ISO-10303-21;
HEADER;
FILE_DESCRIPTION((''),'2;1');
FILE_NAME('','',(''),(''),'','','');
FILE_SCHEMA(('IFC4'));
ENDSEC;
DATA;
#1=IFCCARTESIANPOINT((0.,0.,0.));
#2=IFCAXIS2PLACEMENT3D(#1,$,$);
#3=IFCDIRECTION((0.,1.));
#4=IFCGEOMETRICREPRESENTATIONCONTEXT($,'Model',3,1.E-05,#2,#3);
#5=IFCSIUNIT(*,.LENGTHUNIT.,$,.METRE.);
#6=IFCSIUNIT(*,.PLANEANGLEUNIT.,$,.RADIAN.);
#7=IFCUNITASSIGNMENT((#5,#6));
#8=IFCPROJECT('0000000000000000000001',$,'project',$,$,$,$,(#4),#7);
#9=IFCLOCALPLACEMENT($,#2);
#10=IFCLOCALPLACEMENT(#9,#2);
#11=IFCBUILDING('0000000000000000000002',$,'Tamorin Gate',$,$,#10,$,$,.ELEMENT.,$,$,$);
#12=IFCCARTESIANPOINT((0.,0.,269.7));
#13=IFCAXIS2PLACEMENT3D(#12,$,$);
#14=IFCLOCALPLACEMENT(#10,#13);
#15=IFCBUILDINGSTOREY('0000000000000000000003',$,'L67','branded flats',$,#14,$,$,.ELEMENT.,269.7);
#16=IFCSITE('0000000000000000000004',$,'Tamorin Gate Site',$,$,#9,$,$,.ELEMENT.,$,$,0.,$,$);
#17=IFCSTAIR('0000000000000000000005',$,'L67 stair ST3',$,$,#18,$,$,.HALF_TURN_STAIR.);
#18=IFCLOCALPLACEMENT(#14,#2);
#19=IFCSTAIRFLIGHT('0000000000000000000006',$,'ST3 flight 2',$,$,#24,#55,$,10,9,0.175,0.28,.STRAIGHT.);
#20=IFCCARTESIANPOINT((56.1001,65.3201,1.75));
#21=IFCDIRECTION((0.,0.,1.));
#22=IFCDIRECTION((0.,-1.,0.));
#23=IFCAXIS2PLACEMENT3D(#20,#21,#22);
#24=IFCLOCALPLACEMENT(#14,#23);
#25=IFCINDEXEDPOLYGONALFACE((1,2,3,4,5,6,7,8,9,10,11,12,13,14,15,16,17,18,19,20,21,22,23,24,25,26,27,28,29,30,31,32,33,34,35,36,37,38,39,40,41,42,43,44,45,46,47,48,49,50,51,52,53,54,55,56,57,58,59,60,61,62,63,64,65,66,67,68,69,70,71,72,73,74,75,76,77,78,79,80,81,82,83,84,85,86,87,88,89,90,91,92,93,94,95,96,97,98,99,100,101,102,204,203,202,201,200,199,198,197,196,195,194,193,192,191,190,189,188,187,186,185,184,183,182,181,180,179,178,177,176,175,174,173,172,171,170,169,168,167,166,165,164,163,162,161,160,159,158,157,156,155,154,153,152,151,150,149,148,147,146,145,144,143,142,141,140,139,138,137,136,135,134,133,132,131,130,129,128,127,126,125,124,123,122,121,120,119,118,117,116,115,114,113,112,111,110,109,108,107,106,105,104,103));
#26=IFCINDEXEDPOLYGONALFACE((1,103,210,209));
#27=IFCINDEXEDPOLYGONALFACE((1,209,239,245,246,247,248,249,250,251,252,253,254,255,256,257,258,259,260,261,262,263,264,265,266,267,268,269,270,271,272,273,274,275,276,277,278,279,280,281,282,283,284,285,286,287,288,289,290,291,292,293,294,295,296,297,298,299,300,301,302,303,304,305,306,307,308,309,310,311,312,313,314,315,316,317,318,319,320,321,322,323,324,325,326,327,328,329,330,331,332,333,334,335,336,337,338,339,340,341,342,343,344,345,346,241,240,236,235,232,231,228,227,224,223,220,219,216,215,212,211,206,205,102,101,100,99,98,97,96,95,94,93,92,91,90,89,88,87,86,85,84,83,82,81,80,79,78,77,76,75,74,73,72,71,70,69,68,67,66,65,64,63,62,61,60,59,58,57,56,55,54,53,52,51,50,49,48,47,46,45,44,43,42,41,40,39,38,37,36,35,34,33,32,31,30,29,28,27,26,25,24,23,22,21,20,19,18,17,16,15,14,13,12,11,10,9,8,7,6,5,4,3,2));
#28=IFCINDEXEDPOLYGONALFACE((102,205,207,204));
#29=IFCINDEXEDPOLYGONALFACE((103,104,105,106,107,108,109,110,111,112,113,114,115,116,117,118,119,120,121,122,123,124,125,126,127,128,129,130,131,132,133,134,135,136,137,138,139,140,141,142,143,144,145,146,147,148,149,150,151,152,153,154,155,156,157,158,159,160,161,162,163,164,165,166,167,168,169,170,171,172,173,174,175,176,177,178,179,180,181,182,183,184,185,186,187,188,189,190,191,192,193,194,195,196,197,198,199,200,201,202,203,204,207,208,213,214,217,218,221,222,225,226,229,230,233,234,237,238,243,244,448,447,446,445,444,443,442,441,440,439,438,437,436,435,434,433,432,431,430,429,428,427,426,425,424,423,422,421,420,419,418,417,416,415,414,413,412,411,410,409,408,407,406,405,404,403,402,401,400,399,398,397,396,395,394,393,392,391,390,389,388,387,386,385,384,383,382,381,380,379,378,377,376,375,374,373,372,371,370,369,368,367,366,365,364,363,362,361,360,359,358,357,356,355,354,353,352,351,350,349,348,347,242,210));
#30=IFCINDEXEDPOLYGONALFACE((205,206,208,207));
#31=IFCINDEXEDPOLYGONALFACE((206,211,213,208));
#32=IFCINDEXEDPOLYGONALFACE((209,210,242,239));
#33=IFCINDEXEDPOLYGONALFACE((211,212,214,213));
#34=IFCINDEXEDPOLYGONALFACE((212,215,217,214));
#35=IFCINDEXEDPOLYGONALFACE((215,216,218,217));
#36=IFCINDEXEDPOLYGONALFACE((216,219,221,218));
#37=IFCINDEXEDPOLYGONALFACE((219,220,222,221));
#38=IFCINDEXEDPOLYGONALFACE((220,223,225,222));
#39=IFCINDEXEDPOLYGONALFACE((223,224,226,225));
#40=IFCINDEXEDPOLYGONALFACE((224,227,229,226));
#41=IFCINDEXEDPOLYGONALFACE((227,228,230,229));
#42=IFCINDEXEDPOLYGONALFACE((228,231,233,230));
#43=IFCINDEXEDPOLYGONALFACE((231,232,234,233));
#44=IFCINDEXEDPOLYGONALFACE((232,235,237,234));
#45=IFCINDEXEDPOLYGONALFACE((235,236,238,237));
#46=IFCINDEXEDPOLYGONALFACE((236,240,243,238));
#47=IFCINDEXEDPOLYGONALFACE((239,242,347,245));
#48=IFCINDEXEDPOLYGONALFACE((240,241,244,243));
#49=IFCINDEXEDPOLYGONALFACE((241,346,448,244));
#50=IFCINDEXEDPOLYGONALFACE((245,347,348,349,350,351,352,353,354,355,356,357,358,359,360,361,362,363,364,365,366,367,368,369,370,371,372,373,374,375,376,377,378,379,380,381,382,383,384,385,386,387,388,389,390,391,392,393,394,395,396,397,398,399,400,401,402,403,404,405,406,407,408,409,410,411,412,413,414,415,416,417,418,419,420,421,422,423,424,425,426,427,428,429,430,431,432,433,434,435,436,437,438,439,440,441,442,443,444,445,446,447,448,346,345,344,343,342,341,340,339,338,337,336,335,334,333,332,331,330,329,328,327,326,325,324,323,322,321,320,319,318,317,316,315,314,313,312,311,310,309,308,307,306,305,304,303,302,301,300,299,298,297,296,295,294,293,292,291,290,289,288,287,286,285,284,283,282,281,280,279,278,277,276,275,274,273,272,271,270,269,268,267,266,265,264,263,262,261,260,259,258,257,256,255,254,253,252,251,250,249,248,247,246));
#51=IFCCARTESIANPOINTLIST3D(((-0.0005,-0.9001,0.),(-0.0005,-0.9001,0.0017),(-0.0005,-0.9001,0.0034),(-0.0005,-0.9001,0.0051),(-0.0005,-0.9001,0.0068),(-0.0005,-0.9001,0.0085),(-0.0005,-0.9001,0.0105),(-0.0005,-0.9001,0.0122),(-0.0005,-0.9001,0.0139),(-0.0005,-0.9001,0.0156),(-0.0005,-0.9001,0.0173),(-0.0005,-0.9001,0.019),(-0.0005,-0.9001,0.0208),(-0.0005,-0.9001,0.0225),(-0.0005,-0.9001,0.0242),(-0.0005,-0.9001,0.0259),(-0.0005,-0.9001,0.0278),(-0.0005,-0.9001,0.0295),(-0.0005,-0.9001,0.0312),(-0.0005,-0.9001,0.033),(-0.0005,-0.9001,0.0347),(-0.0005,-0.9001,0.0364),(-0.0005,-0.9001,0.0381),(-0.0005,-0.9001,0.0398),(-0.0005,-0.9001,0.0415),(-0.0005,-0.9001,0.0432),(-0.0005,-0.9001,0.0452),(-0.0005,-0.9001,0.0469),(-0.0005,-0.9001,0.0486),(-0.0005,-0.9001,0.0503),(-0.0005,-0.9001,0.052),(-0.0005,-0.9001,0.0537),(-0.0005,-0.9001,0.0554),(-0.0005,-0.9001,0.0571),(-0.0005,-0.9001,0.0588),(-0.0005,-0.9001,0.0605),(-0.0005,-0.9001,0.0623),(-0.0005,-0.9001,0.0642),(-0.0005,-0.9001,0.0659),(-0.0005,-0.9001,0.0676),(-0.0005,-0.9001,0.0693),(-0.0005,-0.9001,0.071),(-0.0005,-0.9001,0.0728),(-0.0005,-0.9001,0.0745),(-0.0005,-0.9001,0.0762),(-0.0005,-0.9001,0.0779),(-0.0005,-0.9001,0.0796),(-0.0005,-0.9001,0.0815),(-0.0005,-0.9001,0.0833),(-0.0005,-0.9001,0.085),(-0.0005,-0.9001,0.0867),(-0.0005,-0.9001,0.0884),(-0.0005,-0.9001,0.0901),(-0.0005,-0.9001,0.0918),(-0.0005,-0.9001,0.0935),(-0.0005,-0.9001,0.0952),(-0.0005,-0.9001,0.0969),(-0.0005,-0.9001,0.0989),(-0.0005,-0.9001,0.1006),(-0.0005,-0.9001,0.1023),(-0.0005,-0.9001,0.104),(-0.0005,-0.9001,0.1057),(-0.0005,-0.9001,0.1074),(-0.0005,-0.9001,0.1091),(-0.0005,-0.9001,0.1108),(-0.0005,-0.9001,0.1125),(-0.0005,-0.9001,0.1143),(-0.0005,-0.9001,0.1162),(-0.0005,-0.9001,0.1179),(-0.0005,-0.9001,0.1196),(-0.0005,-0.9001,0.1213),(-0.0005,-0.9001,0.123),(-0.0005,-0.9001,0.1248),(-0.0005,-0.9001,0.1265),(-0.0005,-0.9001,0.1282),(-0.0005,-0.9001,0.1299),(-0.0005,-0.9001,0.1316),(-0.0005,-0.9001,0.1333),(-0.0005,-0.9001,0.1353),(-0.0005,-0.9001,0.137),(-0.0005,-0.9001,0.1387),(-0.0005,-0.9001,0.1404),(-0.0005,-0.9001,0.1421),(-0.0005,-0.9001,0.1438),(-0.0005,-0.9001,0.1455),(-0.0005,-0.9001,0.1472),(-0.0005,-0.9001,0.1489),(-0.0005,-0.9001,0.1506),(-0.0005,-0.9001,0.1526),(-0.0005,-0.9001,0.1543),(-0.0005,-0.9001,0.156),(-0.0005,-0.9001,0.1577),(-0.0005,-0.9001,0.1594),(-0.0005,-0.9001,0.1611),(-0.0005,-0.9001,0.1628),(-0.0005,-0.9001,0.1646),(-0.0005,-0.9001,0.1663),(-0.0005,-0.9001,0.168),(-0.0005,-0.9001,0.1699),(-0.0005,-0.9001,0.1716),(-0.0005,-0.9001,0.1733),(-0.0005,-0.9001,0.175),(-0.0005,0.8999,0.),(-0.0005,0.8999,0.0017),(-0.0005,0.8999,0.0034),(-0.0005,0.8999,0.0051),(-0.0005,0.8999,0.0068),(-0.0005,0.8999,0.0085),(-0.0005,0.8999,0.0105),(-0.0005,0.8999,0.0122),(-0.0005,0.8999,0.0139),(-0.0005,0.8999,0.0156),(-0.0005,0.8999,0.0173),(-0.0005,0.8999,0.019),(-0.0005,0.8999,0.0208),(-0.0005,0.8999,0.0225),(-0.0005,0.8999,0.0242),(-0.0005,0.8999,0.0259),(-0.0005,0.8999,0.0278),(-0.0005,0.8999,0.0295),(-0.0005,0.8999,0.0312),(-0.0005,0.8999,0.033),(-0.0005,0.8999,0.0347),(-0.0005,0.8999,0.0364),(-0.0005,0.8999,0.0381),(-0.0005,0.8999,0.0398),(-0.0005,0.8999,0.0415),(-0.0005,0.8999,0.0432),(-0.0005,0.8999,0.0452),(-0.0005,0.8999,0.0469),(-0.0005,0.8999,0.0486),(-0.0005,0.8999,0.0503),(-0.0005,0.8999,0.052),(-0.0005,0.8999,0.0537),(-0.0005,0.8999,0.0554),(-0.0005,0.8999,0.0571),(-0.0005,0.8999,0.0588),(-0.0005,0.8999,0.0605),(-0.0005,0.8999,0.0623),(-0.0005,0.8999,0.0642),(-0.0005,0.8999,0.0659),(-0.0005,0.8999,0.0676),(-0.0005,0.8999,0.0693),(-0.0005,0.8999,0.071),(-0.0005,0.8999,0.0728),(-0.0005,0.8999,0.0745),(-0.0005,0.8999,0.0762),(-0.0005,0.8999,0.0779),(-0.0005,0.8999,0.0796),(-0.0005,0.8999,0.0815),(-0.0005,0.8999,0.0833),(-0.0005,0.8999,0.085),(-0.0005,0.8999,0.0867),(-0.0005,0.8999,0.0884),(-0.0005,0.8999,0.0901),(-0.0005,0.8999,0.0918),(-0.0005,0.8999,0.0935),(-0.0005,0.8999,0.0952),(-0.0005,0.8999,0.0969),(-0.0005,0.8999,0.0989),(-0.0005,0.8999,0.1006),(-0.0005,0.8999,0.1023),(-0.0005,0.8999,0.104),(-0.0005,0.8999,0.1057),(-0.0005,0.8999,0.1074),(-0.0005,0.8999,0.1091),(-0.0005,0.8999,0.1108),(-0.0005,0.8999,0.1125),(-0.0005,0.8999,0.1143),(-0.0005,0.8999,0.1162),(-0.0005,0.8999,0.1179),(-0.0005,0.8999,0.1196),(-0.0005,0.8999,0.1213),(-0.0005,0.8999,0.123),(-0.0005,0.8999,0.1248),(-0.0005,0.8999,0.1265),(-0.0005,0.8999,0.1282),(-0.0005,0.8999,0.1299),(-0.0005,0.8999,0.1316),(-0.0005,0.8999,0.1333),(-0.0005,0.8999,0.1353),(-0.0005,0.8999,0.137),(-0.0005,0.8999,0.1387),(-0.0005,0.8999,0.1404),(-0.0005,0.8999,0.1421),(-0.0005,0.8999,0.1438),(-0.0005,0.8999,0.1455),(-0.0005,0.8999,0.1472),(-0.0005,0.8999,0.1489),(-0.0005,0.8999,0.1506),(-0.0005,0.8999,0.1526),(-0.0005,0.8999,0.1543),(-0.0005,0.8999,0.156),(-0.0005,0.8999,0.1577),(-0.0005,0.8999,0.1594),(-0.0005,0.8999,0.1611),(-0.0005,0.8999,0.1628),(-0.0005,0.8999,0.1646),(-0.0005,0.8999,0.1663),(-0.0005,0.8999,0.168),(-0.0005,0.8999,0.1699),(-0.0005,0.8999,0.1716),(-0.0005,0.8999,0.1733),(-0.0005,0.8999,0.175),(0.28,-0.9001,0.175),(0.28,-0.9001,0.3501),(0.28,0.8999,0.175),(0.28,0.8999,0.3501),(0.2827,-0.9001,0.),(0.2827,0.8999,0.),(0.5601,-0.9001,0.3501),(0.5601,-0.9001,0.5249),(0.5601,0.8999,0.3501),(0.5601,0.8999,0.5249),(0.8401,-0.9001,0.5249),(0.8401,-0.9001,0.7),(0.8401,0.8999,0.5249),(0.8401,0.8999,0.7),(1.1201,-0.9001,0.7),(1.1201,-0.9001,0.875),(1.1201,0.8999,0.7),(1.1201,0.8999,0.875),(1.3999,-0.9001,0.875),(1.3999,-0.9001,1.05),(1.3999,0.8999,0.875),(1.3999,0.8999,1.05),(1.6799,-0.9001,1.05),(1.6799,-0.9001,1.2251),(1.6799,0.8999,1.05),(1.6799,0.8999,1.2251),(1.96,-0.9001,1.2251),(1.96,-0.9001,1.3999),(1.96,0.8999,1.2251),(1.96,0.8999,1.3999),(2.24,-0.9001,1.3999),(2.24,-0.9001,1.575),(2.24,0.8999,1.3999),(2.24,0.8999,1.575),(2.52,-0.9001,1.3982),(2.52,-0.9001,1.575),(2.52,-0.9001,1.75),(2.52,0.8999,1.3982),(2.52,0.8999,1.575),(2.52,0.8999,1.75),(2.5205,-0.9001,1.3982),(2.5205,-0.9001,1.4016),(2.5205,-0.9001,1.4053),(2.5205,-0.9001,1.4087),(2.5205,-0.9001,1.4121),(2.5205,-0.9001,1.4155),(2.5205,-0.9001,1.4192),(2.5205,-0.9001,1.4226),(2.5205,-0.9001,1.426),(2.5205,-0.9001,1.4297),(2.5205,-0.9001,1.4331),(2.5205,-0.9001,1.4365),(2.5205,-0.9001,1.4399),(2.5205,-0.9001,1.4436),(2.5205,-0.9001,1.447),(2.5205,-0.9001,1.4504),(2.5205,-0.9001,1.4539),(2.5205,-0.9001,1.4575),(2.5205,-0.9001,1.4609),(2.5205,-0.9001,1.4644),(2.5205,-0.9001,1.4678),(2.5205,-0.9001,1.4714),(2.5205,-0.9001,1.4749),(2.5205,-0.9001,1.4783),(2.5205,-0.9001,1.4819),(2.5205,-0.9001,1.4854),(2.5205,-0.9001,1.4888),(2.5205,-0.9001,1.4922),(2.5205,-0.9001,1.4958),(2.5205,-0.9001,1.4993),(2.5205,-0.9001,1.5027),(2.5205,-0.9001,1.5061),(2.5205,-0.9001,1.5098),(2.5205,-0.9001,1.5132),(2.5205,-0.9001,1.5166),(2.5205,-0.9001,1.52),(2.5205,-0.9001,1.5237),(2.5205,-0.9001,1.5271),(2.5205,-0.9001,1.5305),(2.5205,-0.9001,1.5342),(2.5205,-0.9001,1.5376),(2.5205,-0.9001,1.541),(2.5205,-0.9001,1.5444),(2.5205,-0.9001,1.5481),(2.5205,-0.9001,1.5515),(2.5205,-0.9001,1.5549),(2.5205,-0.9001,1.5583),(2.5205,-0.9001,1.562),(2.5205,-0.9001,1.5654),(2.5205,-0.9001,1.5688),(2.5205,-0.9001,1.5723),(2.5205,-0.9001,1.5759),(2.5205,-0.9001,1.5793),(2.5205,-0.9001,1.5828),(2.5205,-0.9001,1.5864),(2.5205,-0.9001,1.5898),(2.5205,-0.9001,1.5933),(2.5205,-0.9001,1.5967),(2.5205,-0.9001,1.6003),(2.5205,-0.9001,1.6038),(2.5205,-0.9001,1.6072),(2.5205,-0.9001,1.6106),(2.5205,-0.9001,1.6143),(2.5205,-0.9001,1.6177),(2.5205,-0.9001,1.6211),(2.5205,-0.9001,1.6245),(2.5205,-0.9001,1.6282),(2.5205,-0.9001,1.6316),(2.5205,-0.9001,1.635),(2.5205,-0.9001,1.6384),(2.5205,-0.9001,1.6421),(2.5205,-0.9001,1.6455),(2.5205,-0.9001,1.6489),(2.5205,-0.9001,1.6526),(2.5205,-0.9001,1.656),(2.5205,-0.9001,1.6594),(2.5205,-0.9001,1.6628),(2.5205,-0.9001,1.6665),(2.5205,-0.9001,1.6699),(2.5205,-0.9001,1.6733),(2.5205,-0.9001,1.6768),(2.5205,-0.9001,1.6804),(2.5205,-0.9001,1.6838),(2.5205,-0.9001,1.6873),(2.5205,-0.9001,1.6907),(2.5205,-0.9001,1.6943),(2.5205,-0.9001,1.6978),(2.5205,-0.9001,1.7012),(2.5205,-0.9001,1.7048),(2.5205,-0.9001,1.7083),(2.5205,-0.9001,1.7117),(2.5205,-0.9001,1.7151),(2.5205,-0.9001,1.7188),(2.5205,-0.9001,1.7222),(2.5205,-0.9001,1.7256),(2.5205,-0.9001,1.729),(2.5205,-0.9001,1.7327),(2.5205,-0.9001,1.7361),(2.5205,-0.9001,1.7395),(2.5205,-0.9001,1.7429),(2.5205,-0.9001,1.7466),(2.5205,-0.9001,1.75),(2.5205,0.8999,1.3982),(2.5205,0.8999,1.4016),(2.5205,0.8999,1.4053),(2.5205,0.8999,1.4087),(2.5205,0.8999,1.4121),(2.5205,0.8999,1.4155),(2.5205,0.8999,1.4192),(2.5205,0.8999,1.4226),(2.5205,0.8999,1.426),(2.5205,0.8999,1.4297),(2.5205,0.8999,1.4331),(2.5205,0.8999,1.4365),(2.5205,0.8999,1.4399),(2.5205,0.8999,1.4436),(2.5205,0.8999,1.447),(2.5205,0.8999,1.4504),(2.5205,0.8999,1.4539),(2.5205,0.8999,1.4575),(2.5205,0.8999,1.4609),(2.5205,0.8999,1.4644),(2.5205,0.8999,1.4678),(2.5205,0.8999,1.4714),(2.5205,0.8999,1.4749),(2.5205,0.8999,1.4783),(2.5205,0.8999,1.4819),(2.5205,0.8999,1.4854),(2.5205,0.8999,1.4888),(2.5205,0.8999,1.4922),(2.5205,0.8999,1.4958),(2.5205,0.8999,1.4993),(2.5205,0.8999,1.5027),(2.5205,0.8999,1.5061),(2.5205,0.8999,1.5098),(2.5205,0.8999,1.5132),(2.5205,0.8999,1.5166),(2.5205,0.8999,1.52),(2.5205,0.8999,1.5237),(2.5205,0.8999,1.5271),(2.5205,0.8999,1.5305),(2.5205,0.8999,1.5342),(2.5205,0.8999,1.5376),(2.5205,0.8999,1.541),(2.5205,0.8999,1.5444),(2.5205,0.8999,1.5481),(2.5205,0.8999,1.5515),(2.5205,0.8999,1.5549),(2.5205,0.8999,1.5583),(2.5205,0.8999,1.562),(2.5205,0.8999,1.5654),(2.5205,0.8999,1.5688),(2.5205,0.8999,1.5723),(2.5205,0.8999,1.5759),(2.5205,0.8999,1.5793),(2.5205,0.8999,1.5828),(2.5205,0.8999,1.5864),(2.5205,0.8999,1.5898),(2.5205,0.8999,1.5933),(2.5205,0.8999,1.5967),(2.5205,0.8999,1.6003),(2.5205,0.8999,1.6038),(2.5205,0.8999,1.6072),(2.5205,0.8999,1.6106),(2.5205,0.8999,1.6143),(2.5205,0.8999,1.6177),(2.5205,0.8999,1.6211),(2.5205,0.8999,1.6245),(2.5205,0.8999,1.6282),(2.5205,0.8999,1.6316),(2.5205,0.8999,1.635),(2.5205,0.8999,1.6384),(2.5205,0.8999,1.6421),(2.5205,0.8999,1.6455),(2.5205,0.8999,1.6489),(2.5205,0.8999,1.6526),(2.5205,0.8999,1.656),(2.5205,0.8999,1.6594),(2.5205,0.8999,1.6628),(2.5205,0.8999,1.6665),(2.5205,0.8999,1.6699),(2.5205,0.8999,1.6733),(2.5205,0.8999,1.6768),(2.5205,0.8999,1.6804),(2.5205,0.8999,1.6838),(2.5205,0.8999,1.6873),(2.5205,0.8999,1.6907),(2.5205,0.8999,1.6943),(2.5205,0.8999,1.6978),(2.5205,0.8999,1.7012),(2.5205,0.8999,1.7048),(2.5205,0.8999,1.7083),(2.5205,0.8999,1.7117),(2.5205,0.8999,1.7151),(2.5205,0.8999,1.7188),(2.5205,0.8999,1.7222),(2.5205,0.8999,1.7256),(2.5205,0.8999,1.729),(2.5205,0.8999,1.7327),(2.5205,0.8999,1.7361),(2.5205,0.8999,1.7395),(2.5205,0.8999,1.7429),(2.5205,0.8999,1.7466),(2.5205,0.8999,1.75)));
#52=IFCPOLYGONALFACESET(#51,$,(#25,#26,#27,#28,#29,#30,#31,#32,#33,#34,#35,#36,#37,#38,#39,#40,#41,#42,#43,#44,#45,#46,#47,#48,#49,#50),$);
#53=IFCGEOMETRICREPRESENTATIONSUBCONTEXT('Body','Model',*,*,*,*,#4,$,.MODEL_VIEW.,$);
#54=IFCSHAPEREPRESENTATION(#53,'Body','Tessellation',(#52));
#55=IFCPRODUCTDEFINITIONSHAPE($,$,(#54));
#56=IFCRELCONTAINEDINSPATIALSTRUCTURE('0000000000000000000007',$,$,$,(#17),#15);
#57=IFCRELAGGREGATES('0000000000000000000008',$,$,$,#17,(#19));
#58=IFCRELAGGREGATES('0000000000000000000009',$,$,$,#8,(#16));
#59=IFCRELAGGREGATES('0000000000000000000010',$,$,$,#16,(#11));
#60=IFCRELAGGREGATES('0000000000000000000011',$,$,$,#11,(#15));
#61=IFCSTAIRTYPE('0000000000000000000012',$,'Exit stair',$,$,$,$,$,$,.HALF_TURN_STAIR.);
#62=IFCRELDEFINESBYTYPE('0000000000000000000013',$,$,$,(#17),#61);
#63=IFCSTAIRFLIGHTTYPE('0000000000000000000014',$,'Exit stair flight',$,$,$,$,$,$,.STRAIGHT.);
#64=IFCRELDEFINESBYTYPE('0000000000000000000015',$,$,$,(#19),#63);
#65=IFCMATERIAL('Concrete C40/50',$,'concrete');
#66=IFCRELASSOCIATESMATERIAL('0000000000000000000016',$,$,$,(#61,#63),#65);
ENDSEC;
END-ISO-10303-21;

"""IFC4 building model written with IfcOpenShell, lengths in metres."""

from ifc_helpers import new_model, si_unit, direction, frame, origin, place, context, subcontext, project, spatial, polyline, outline, extrude, material, type_object, element, aggregate, save


model = new_model("IFC4")

# Units and contexts
model_context = context("Model", 3, precision=1e-05, world=origin(), true_north=direction((0.0, 1.0)))
body_context = subcontext(model_context, "Body", "Model", "MODEL_VIEW")
ifc_project = project(units=[si_unit("LENGTHUNIT", "METRE"), si_unit("PLANEANGLEUNIT", "RADIAN")], contexts=[model_context])

# Site, building, storey
site_placement = place(None, origin())
site = spatial("IfcSite", under=ifc_project, at=site_placement, Name="Tamorin Gate Site", CompositionType="ELEMENT", RefElevation=0.0)
building_placement = place(site_placement, origin())
building = spatial("IfcBuilding", under=site, at=building_placement, Name="Tamorin Gate", CompositionType="ELEMENT")
storey_placement = place(building_placement, frame((0.0, 0.0, 269.7)))
storey = spatial("IfcBuildingStorey", under=building, at=storey_placement, Name="L67", Description="branded flats", CompositionType="ELEMENT", Elevation=269.7)

# Stair, stair flight
ifc_material_1 = material(Name="Concrete C40/50", Category="concrete")
stair_type = type_object("IfcStairType", Name="Exit stair", PredefinedType="HALF_TURN_STAIR", material=ifc_material_1)
stair_placement = place(storey_placement, origin())
stair = element("IfcStair", 1, at=stair_placement, inside=storey, type_object=stair_type, Name="L67 stair ST3", PredefinedType="HALF_TURN_STAIR")
stair_flight_type = type_object("IfcStairFlightType", Name="Exit stair flight", PredefinedType="STRAIGHT", material=ifc_material_1)
stair_flight_1_placement = place(storey_placement, frame((56.1001, 65.3201, 1.75), z_axis=(0.0, 0.0, 1.0), x_axis=(0.0, -1.0, 0.0)))
stair_flight_1 = element("IfcStairFlight", 2, at=stair_flight_1_placement, type_object=stair_flight_type, Name="ST3 flight 2", NumberOfRisers=10, NumberOfTreads=9, PredefinedType="STRAIGHT", RiserHeight=0.175, TreadLength=0.28, context=body_context, shape_type="SweptSolid", body=[
    extrude(outline(polyline([(-0.0005, 0.0), (-0.0005, 0.0017), (-0.0005, 0.0034), (-0.0005, 0.0051), (-0.0005, 0.0068), (-0.0005, 0.0085), (-0.0005, 0.0105), (-0.0005, 0.0122), (-0.0005, 0.0139), (-0.0005, 0.0156), (-0.0005, 0.0173), (-0.0005, 0.019), (-0.0005, 0.0208), (-0.0005, 0.0225), (-0.0005, 0.0242), (-0.0005, 0.0259), (-0.0005, 0.0278), (-0.0005, 0.0295), (-0.0005, 0.0312), (-0.0005, 0.033), (-0.0005, 0.0347), (-0.0005, 0.0364), (-0.0005, 0.0381), (-0.0005, 0.0398), (-0.0005, 0.0415), (-0.0005, 0.0432), (-0.0005, 0.0452), (-0.0005, 0.0469), (-0.0005, 0.0486), (-0.0005, 0.0503), (-0.0005, 0.052), (-0.0005, 0.0537), (-0.0005, 0.0554), (-0.0005, 0.0571), (-0.0005, 0.0588), (-0.0005, 0.0605), (-0.0005, 0.0623), (-0.0005, 0.0642), (-0.0005, 0.0659), (-0.0005, 0.0676), (-0.0005, 0.0693), (-0.0005, 0.071), (-0.0005, 0.0728), (-0.0005, 0.0745), (-0.0005, 0.0762), (-0.0005, 0.0779), (-0.0005, 0.0796), (-0.0005, 0.0815), (-0.0005, 0.0833), (-0.0005, 0.085), (-0.0005, 0.0867), (-0.0005, 0.0884), (-0.0005, 0.0901), (-0.0005, 0.0918), (-0.0005, 0.0935), (-0.0005, 0.0952), (-0.0005, 0.0969), (-0.0005, 0.0989), (-0.0005, 0.1006), (-0.0005, 0.1023), (-0.0005, 0.104), (-0.0005, 0.1057), (-0.0005, 0.1074), (-0.0005, 0.1091), (-0.0005, 0.1108), (-0.0005, 0.1125), (-0.0005, 0.1143), (-0.0005, 0.1162), (-0.0005, 0.1179), (-0.0005, 0.1196), (-0.0005, 0.1213), (-0.0005, 0.123), (-0.0005, 0.1248), (-0.0005, 0.1265), (-0.0005, 0.1282), (-0.0005, 0.1299), (-0.0005, 0.1316), (-0.0005, 0.1333), (-0.0005, 0.1353), (-0.0005, 0.137), (-0.0005, 0.1387), (-0.0005, 0.1404), (-0.0005, 0.1421), (-0.0005, 0.1438), (-0.0005, 0.1455), (-0.0005, 0.1472), (-0.0005, 0.1489), (-0.0005, 0.1506), (-0.0005, 0.1526), (-0.0005, 0.1543), (-0.0005, 0.156), (-0.0005, 0.1577), (-0.0005, 0.1594), (-0.0005, 0.1611), (-0.0005, 0.1628), (-0.0005, 0.1646), (-0.0005, 0.1663), (-0.0005, 0.168), (-0.0005, 0.1699), (-0.0005, 0.1716), (-0.0005, 0.1733), (-0.0005, 0.175), (0.28, 0.175), (0.28, 0.3501), (0.5601, 0.3501), (0.5601, 0.5249), (0.8401, 0.5249), (0.8401, 0.7), (1.1201, 0.7), (1.1201, 0.875), (1.3999, 0.875), (1.3999, 1.05), (1.6799, 1.05), (1.6799, 1.2251), (1.96, 1.2251), (1.96, 1.3999), (2.24, 1.3999), (2.24, 1.575), (2.52, 1.575), (2.52, 1.75), (2.5205, 1.75), (2.5205, 1.7466), (2.5205, 1.7429), (2.5205, 1.7395), (2.5205, 1.7361), (2.5205, 1.7327), (2.5205, 1.729), (2.5205, 1.7256), (2.5205, 1.7222), (2.5205, 1.7188), (2.5205, 1.7151), (2.5205, 1.7117), (2.5205, 1.7083), (2.5205, 1.7048), (2.5205, 1.7012), (2.5205, 1.6978), (2.5205, 1.6943), (2.5205, 1.6907), (2.5205, 1.6873), (2.5205, 1.6838), (2.5205, 1.6804), (2.5205, 1.6768), (2.5205, 1.6733), (2.5205, 1.6699), (2.5205, 1.6665), (2.5205, 1.6628), (2.5205, 1.6594), (2.5205, 1.656), (2.5205, 1.6526), (2.5205, 1.6489), (2.5205, 1.6455), (2.5205, 1.6421), (2.5205, 1.6384), (2.5205, 1.635), (2.5205, 1.6316), (2.5205, 1.6282), (2.5205, 1.6245), (2.5205, 1.6211), (2.5205, 1.6177), (2.5205, 1.6143), (2.5205, 1.6106), (2.5205, 1.6072), (2.5205, 1.6038), (2.5205, 1.6003), (2.5205, 1.5967), (2.5205, 1.5933), (2.5205, 1.5898), (2.5205, 1.5864), (2.5205, 1.5828), (2.5205, 1.5793), (2.5205, 1.5759), (2.5205, 1.5723), (2.5205, 1.5688), (2.5205, 1.5654), (2.5205, 1.562), (2.5205, 1.5583), (2.5205, 1.5549), (2.5205, 1.5515), (2.5205, 1.5481), (2.5205, 1.5444), (2.5205, 1.541), (2.5205, 1.5376), (2.5205, 1.5342), (2.5205, 1.5305), (2.5205, 1.5271), (2.5205, 1.5237), (2.5205, 1.52), (2.5205, 1.5166), (2.5205, 1.5132), (2.5205, 1.5098), (2.5205, 1.5061), (2.5205, 1.5027), (2.5205, 1.4993), (2.5205, 1.4958), (2.5205, 1.4922), (2.5205, 1.4888), (2.5205, 1.4854), (2.5205, 1.4819), (2.5205, 1.4783), (2.5205, 1.4749), (2.5205, 1.4714), (2.5205, 1.4678), (2.5205, 1.4644), (2.5205, 1.4609), (2.5205, 1.4575), (2.5205, 1.4539), (2.5205, 1.4504), (2.5205, 1.447), (2.5205, 1.4436), (2.5205, 1.4399), (2.5205, 1.4365), (2.5205, 1.4331), (2.5205, 1.4297), (2.5205, 1.426), (2.5205, 1.4226), (2.5205, 1.4192), (2.5205, 1.4155), (2.5205, 1.4121), (2.5205, 1.4087), (2.5205, 1.4053), (2.5205, 1.4016), (2.5205, 1.3982), (2.52, 1.3982), (0.2827, 0.0), (-0.0005, 0.0)])), frame((0.0, 0.8999, 0.0), z_axis=(0.0, -1.0, 0.0), x_axis=(1.0, 0.0, 0.0)), (0.0, 0.0, 1.0), 1.8),
])
aggregate(stair, [stair_flight_1])

save(model, "model.ifc")
